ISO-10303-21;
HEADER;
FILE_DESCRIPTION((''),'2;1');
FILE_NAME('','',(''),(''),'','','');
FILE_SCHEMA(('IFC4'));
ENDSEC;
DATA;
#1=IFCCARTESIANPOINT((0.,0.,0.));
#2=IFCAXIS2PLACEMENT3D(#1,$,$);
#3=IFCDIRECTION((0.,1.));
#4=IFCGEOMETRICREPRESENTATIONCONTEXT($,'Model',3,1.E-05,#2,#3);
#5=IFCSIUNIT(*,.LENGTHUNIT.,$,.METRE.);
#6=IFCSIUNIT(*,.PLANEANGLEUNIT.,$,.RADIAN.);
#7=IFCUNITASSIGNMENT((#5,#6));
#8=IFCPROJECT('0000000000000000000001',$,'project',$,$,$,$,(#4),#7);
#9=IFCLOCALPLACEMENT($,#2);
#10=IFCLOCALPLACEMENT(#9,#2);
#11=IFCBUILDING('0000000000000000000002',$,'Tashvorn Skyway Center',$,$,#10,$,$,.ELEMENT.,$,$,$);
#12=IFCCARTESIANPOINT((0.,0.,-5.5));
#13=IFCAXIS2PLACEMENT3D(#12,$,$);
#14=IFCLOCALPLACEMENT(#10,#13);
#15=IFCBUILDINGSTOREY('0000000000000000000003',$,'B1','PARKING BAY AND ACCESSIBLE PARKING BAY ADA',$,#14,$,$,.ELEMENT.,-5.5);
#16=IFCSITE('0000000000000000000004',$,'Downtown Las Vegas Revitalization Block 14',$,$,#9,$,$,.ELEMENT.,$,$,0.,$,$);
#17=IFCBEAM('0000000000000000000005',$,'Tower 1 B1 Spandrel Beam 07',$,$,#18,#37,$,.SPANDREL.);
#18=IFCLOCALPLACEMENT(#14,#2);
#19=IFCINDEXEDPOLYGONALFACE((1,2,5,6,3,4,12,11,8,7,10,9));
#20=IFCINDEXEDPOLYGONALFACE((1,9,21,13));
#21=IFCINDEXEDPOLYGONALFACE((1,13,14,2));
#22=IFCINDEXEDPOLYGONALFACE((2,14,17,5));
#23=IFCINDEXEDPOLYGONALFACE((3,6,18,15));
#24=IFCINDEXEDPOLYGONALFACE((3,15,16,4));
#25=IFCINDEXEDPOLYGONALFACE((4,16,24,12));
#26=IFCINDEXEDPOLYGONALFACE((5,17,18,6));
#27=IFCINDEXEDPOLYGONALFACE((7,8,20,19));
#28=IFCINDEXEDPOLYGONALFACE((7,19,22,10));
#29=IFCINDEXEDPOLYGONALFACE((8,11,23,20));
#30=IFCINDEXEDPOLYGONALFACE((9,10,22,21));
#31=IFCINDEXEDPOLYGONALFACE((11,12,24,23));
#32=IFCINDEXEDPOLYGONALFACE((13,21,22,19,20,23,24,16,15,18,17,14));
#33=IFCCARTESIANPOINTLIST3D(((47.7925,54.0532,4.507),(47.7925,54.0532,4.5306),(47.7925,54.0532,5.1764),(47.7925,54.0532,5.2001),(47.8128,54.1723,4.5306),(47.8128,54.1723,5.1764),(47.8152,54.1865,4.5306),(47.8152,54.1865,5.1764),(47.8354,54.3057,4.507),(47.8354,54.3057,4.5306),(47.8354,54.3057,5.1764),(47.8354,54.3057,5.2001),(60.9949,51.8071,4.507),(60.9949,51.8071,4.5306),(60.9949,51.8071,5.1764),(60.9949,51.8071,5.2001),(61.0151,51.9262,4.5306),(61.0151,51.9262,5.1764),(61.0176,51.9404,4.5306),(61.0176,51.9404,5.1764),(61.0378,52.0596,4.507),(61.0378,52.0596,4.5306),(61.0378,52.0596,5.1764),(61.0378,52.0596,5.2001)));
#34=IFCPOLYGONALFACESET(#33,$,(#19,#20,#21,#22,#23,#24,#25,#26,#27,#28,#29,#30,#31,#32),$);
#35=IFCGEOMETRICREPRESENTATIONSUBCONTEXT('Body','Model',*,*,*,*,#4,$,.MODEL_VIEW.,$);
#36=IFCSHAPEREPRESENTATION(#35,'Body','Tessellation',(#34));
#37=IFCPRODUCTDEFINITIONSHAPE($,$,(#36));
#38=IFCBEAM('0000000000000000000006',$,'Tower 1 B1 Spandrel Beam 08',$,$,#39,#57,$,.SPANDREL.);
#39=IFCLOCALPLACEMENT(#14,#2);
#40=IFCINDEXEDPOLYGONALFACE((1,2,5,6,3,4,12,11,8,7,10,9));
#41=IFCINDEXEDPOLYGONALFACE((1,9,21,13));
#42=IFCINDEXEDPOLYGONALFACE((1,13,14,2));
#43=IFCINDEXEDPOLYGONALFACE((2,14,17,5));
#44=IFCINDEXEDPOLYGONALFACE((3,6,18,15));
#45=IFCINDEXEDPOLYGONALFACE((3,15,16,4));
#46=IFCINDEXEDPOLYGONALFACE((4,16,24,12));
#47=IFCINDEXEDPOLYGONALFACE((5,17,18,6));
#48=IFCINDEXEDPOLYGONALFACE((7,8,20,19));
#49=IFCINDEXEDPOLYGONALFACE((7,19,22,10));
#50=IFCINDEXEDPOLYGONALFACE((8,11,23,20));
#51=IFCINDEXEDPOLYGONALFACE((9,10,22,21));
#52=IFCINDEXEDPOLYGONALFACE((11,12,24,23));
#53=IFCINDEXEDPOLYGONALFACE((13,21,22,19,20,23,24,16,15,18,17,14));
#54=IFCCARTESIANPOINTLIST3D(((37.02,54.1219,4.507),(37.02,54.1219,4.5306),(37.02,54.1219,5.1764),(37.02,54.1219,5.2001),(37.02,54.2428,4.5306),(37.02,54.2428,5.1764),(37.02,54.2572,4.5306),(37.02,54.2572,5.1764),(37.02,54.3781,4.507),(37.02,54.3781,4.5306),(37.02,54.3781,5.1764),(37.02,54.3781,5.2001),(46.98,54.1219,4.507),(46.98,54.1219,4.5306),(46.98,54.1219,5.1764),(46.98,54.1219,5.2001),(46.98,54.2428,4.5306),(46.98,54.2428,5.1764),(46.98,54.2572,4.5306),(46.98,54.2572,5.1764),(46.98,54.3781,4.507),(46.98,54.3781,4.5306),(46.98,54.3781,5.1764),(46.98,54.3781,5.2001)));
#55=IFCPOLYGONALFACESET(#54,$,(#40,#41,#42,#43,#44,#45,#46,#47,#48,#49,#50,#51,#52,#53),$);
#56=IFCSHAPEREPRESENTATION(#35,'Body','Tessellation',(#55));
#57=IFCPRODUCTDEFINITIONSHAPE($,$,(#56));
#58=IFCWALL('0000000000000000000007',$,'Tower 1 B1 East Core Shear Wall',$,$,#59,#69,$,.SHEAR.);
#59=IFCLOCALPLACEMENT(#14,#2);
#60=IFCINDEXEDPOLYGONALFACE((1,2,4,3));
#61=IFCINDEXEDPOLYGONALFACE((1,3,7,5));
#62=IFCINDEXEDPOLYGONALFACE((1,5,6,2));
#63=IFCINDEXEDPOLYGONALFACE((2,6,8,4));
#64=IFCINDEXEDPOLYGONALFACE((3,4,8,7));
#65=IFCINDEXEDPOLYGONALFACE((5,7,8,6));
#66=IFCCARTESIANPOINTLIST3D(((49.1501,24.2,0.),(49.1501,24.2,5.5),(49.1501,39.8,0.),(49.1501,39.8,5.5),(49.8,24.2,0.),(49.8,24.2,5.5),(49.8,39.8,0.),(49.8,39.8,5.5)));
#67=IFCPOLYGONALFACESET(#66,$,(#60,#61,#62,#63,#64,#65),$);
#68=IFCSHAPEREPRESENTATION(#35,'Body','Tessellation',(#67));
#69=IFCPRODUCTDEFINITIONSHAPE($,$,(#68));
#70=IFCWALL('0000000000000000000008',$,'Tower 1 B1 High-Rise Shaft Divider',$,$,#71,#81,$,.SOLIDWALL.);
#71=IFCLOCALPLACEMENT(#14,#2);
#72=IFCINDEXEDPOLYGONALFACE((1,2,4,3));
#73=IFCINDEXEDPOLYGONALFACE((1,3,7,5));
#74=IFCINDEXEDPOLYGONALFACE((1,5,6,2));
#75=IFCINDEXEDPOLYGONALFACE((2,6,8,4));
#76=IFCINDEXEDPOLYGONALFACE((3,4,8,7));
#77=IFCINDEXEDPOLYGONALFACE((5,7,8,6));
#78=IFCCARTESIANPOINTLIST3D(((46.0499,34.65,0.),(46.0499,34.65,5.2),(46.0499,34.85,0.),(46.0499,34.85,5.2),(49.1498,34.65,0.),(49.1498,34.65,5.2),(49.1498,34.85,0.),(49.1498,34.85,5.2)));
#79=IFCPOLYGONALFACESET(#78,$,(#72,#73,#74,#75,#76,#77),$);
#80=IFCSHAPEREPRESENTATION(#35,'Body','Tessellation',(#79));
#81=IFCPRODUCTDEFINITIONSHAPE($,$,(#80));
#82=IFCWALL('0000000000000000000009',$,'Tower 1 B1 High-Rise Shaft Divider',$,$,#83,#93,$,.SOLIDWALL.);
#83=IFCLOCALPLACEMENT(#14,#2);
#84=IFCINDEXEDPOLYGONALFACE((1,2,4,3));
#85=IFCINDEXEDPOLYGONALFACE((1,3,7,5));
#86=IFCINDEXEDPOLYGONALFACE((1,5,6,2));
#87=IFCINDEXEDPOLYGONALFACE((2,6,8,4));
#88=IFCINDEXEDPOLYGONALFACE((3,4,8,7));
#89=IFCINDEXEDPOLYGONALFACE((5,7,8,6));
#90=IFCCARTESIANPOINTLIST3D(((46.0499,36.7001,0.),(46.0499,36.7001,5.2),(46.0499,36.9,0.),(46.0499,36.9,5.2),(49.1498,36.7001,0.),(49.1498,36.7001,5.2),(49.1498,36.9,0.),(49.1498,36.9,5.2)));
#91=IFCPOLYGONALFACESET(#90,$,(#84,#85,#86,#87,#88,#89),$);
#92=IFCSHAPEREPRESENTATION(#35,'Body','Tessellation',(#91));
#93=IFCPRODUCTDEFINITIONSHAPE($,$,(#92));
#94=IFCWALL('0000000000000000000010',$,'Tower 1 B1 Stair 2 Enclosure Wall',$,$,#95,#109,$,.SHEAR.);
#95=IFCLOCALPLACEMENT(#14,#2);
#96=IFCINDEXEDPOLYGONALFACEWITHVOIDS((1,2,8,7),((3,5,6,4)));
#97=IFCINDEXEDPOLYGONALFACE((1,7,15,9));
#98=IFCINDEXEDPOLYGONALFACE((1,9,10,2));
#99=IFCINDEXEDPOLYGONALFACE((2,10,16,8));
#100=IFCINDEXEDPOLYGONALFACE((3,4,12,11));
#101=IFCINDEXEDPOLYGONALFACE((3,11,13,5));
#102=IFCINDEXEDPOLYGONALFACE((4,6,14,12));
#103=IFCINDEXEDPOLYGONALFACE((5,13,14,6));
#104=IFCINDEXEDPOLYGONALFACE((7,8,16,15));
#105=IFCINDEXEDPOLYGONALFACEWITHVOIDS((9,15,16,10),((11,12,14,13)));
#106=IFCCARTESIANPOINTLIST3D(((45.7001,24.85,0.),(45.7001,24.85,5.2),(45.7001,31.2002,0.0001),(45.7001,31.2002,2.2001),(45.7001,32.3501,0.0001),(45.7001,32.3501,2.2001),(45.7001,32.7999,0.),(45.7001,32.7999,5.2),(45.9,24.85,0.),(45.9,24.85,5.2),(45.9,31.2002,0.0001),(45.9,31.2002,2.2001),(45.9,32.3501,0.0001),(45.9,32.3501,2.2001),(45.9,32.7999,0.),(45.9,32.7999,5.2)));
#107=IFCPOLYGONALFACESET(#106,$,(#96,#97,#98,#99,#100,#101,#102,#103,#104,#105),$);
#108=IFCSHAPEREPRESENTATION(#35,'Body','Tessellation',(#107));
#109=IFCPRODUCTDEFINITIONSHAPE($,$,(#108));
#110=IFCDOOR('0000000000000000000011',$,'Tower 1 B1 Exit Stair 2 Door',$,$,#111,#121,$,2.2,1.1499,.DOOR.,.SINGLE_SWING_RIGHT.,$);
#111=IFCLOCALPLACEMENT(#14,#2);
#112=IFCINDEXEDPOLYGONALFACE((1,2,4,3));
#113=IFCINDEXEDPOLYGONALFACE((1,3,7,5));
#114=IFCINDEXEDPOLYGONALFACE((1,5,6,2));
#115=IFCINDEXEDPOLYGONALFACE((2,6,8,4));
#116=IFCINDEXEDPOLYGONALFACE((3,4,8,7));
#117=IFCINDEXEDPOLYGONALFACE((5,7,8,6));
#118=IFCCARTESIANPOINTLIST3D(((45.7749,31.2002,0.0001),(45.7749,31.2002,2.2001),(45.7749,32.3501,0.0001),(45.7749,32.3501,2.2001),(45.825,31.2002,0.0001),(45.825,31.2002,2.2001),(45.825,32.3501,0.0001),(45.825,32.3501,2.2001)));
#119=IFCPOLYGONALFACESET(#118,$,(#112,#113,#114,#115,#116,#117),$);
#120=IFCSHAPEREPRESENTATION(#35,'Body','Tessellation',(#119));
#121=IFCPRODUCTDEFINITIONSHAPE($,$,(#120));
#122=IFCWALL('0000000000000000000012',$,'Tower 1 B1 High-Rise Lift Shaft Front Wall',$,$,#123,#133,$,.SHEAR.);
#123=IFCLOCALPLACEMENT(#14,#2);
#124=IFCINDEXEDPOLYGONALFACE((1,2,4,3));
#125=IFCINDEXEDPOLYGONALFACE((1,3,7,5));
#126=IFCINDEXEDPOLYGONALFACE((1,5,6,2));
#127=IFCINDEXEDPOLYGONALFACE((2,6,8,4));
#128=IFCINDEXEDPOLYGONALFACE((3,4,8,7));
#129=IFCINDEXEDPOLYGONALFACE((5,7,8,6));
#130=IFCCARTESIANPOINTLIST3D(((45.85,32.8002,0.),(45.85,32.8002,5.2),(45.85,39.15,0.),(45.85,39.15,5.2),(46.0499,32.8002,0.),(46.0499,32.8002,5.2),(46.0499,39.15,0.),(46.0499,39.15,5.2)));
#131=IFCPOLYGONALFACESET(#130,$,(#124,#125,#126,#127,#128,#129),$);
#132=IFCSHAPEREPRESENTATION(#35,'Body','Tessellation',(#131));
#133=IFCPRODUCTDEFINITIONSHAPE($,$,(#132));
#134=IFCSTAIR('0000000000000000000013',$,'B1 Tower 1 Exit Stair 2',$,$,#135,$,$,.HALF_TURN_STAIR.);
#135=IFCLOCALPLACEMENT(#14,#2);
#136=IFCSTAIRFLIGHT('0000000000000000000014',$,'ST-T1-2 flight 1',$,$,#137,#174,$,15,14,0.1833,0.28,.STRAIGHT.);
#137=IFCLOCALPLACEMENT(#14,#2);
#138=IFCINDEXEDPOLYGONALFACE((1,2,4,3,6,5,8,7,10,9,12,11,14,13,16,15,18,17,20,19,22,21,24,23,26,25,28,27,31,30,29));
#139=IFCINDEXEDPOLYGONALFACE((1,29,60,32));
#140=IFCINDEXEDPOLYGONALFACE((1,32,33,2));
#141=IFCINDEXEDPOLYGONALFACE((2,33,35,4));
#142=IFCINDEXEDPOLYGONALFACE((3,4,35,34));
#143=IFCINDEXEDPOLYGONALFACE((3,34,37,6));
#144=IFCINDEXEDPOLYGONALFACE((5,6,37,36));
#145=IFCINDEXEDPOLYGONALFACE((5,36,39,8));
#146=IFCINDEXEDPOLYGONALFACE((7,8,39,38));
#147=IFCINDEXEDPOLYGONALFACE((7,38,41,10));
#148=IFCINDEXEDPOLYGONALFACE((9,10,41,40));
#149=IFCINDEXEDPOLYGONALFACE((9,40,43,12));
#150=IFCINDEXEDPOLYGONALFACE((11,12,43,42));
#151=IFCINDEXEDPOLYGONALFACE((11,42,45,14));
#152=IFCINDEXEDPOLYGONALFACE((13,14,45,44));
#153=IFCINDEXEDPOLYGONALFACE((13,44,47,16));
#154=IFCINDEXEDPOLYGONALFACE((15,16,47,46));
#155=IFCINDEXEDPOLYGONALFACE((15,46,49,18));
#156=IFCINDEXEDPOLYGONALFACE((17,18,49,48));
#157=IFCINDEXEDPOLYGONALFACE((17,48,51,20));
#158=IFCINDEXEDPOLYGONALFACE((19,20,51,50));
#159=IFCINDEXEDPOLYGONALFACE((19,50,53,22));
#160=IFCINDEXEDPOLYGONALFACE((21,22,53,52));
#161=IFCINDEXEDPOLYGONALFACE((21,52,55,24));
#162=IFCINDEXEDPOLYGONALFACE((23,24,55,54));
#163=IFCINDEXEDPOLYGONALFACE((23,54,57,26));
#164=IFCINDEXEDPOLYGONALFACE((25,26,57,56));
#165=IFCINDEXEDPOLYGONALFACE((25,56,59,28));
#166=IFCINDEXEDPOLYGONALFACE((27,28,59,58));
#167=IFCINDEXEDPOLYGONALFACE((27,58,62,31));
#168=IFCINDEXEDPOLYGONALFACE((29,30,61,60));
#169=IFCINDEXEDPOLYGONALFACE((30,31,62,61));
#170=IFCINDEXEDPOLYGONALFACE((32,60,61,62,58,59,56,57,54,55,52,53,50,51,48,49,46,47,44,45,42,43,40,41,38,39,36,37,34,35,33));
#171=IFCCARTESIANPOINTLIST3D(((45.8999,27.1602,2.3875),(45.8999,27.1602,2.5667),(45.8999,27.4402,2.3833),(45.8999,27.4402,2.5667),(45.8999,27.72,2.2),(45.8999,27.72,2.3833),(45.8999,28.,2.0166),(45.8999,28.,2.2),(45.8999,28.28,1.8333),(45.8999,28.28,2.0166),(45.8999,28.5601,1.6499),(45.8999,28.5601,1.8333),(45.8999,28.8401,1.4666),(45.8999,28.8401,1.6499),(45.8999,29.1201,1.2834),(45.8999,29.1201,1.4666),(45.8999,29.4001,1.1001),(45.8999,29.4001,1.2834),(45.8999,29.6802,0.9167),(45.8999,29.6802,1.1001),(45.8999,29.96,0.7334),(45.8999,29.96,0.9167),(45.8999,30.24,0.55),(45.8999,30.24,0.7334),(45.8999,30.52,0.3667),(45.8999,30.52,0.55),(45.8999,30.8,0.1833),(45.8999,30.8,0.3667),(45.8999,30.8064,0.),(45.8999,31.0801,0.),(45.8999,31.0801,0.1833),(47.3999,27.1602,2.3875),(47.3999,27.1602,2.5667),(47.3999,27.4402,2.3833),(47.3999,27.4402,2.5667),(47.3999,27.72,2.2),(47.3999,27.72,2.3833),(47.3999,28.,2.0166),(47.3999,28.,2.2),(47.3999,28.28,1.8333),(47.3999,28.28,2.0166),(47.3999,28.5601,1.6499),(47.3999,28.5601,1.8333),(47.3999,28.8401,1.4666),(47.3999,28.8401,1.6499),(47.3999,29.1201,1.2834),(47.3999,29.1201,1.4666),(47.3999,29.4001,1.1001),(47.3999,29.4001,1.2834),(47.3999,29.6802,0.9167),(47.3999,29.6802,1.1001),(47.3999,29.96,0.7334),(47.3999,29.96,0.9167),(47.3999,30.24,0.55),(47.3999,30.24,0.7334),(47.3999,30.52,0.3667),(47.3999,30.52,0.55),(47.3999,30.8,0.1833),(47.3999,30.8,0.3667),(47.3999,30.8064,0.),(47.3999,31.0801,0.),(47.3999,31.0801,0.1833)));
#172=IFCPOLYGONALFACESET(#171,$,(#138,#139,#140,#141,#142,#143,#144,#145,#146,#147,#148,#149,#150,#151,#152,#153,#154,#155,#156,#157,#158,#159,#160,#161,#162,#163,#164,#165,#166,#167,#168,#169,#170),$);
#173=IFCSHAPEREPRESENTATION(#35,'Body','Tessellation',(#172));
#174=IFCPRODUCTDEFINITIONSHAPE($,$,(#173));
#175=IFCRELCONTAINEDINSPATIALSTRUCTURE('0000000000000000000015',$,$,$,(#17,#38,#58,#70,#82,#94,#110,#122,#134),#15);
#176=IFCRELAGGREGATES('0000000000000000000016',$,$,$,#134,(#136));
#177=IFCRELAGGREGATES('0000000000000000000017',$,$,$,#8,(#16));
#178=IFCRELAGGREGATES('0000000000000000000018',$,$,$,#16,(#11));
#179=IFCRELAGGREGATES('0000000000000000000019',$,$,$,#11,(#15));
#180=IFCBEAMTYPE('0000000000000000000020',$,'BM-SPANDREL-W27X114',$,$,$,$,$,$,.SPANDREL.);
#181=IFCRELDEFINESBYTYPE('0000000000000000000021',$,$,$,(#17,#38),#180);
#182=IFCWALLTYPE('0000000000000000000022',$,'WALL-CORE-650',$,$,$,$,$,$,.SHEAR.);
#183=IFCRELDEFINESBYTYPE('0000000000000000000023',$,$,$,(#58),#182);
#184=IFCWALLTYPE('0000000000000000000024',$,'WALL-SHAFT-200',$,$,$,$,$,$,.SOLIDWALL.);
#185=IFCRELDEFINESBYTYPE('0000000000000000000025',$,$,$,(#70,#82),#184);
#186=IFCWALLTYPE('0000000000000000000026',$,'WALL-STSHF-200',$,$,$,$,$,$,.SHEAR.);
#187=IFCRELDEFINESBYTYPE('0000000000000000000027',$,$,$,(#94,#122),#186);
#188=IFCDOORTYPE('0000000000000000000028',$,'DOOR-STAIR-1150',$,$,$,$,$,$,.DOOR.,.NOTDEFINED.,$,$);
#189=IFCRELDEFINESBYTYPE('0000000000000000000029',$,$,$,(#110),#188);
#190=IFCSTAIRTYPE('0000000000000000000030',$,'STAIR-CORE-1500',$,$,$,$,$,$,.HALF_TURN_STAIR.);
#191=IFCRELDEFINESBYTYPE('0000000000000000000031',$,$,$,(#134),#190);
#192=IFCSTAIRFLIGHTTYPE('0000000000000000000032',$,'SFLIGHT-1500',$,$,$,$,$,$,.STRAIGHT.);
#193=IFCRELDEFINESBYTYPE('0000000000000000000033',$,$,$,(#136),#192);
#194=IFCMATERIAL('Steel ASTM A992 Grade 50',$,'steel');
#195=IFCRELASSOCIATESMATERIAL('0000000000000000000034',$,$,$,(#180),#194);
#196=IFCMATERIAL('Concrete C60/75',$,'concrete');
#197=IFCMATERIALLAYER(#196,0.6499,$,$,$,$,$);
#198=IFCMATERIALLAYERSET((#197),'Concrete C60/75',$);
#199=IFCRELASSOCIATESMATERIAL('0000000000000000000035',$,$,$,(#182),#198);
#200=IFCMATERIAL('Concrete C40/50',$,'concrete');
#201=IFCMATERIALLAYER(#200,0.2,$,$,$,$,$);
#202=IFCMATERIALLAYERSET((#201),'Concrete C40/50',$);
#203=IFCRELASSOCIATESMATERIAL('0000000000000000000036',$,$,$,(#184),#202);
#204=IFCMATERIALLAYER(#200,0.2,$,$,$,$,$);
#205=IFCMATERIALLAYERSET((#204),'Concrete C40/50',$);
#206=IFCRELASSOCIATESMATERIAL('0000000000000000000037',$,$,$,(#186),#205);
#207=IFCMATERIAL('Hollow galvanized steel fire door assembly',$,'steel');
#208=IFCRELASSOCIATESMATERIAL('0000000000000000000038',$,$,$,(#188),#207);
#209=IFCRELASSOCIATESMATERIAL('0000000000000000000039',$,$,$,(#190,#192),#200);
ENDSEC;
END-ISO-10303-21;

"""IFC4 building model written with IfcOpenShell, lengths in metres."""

from ifc_helpers import new_model, si_unit, direction, frame, frame_2d, origin, origin_2d, place, context, subcontext, project, spatial, polyline, rectangle, i_section, outline, extrude, material, layer, layer_set, material_profile, profile_set, type_object, element, fill, aggregate, save


model = new_model("IFC4")

# Units and contexts
model_context = context("Model", 3, precision=1e-05, world=origin(), true_north=direction((0.0, 1.0)))
body_context = subcontext(model_context, "Body", "Model", "MODEL_VIEW")
ifc_project = project(units=[si_unit("LENGTHUNIT", "METRE"), si_unit("PLANEANGLEUNIT", "RADIAN")], contexts=[model_context])

# Site, building, storey
site_placement = place(None, origin())
site = spatial("IfcSite", under=ifc_project, at=site_placement, Name="Downtown Las Vegas Revitalization Block 14", CompositionType="ELEMENT", RefElevation=0.0)
building_placement = place(site_placement, origin())
building = spatial("IfcBuilding", under=site, at=building_placement, Name="Tashvorn Skyway Center", CompositionType="ELEMENT")
storey_placement = place(building_placement, frame((0.0, 0.0, -5.5)))
storey = spatial("IfcBuildingStorey", under=building, at=storey_placement, Name="B1", Description="PARKING BAY AND ACCESSIBLE PARKING BAY ADA", CompositionType="ELEMENT", Elevation=-5.5)

# Beams
ifc_material_1 = material(Name="Steel ASTM A992 Grade 50", Category="steel")
ifc_material_profile_1 = material_profile(ifc_material_1, i_section(OverallWidth=0.2561, OverallDepth=0.6931, WebThickness=0.0144, FlangeThickness=0.0237, at=origin_2d()), Name="W27X114")
ifc_profile_set_1 = profile_set([ifc_material_profile_1], Name="Steel ASTM A992 Grade 50")
beam_type_1 = type_object("IfcBeamType", Name="BM-SPANDREL-W27X114", PredefinedType="SPANDREL", material=ifc_profile_set_1)
for number, where, z_axis, x_axis, name in (
    (1, (61.0164, 51.9333, 4.8535), (-0.985835, 0.167718, 0.0), (-0.167718, -0.985835, 0.0), "Tower 1 B1 Spandrel Beam 07"),
):
    element("IfcBeam", number, at=place(storey_placement, frame(where, z_axis=z_axis, x_axis=x_axis)), inside=storey, type_object=beam_type_1, Name=name, PredefinedType="SPANDREL", context=body_context, shape_type="SweptSolid", body=[
        extrude(i_section(OverallWidth=0.2561, OverallDepth=0.6931, WebThickness=0.0144, FlangeThickness=0.0237, at=origin_2d()), origin(), (0.0, 0.0, 1.0), 13.3921),
    ])
beam_1_placement = place(storey_placement, frame((46.98, 54.25, 4.8535), z_axis=(-1.0, 0.0, 0.0), x_axis=(0.0, -1.0, 0.0)))
element("IfcBeam", 2, at=beam_1_placement, inside=storey, type_object=beam_type_1, Name="Tower 1 B1 Spandrel Beam 08", PredefinedType="SPANDREL", context=body_context, shape_type="SweptSolid", body=[
    extrude(i_section(OverallWidth=0.2561, OverallDepth=0.6931, WebThickness=0.0144, FlangeThickness=0.0237, at=origin_2d()), origin(), (0.0, 0.0, 1.0), 9.96),
])

# Walls
ifc_material_2 = material(Name="Concrete C60/75", Category="concrete")
ifc_layer_1 = layer(ifc_material_2, 0.6499)
ifc_layer_set_1 = layer_set([ifc_layer_1], Name="Concrete C60/75")
wall_type_1 = type_object("IfcWallType", Name="WALL-CORE-650", PredefinedType="SHEAR", material=ifc_layer_set_1)
wall_1_placement = place(storey_placement, frame((49.4751, 39.8, 0.0), z_axis=(0.0, 0.0, 1.0), x_axis=(0.0, -1.0, 0.0)))
element("IfcWall", 3, at=wall_1_placement, inside=storey, type_object=wall_type_1, Name="Tower 1 B1 East Core Shear Wall", PredefinedType="SHEAR", context=body_context, shape_type="SweptSolid", body=[
    extrude(rectangle(XDim=15.6001, YDim=0.6499, at=frame_2d((7.8, 0.0))), origin(), (0.0, 0.0, 1.0), 5.5),
])
ifc_material_3 = material(Name="Concrete C40/50", Category="concrete")
ifc_layer_2 = layer(ifc_material_3, 0.2)
ifc_layer_set_2 = layer_set([ifc_layer_2], Name="Concrete C40/50")
wall_type_2 = type_object("IfcWallType", Name="WALL-SHAFT-200", PredefinedType="SOLIDWALL", material=ifc_layer_set_2)
for number, where, z_axis, x_axis, name in (
    (4, (46.05, 34.75, 0.0), (0.0, 0.0, 1.0), (1.0, 0.0, 0.0), "Tower 1 B1 High-Rise Shaft Divider"),
    (5, (46.05, 36.8, 0.0), (0.0, 0.0, 1.0), (1.0, 0.0, 0.0), "Tower 1 B1 High-Rise Shaft Divider"),
):
    element("IfcWall", number, at=place(storey_placement, frame(where, z_axis=z_axis, x_axis=x_axis)), inside=storey, type_object=wall_type_2, Name=name, PredefinedType="SOLIDWALL", context=body_context, shape_type="SweptSolid", body=[
        extrude(rectangle(XDim=3.0999, YDim=0.2, at=frame_2d((1.5498, 0.0))), origin(), (0.0, 0.0, 1.0), 5.2),
    ])

# Wall, opening, door
ifc_layer_3 = layer(ifc_material_3, 0.2)
ifc_layer_set_3 = layer_set([ifc_layer_3], Name="Concrete C40/50")
wall_type_3 = type_object("IfcWallType", Name="WALL-STSHF-200", PredefinedType="SHEAR", material=ifc_layer_set_3)
wall_2_placement = place(storey_placement, frame((45.8, 32.8, 0.0), z_axis=(0.0, 0.0, 1.0), x_axis=(0.0, -1.0, 0.0)))
wall_2 = element("IfcWall", 6, at=wall_2_placement, inside=storey, type_object=wall_type_3, Name="Tower 1 B1 Stair 2 Enclosure Wall", PredefinedType="SHEAR", context=body_context, shape_type="SweptSolid", body=[
    extrude(rectangle(XDim=7.95, YDim=0.2, at=frame_2d((3.9751, 0.0))), origin(), (0.0, 0.0, 1.0), 5.2),
])
opening_placement = place(wall_2_placement, frame((0.45, 0.0, 0.0)))
opening = element("IfcOpeningElement", 7, at=opening_placement, cuts=wall_2, PredefinedType="OPENING", context=body_context, shape_type="SweptSolid", body=[
    extrude(rectangle(XDim=1.1499, YDim=2.2, at=frame_2d((0.575, 1.1001))), frame((0.0, 0.1099, 0.0), z_axis=(0.0, -1.0, 0.0), x_axis=(1.0, 0.0, 0.0)), (0.0, 0.0, 1.0), 0.22),
])
ifc_material_4 = material(Name="Hollow galvanized steel fire door assembly", Category="steel")
door_type = type_object("IfcDoorType", Name="DOOR-STAIR-1150", OperationType="NOTDEFINED", PredefinedType="DOOR", material=ifc_material_4)
door_placement = place(opening_placement, origin())
door = element("IfcDoor", 8, at=door_placement, inside=storey, type_object=door_type, Name="Tower 1 B1 Exit Stair 2 Door", OperationType="SINGLE_SWING_RIGHT", OverallHeight=2.2, OverallWidth=1.1499, PredefinedType="DOOR", context=body_context, shape_type="SweptSolid", body=[
    extrude(rectangle(XDim=1.1499, YDim=2.2, at=frame_2d((0.575, 1.1001))), frame((0.0, 0.0249, 0.0), z_axis=(0.0, -1.0, 0.0), x_axis=(1.0, 0.0, 0.0)), (0.0, 0.0, 1.0), 0.05),
])
fill(opening, door)

# Wall
wall_3_placement = place(storey_placement, frame((45.95, 39.1499, 0.0), z_axis=(0.0, 0.0, 1.0), x_axis=(0.0, -1.0, 0.0)))
element("IfcWall", 9, at=wall_3_placement, inside=storey, type_object=wall_type_3, Name="Tower 1 B1 High-Rise Lift Shaft Front Wall", PredefinedType="SHEAR", context=body_context, shape_type="SweptSolid", body=[
    extrude(rectangle(XDim=6.3499, YDim=0.2, at=frame_2d((3.1748, 0.0))), origin(), (0.0, 0.0, 1.0), 5.2),
])

# Stair, stair flight
stair_type = type_object("IfcStairType", Name="STAIR-CORE-1500", PredefinedType="HALF_TURN_STAIR", material=ifc_material_3)
stair_placement = place(storey_placement, origin())
stair = element("IfcStair", 10, at=stair_placement, inside=storey, type_object=stair_type, Name="B1 Tower 1 Exit Stair 2", PredefinedType="HALF_TURN_STAIR")
stair_flight_type = type_object("IfcStairFlightType", Name="SFLIGHT-1500", PredefinedType="STRAIGHT", material=ifc_material_3)
stair_flight_placement = place(storey_placement, frame((46.6499, 31.0801, 0.0), z_axis=(0.0, 0.0, 1.0), x_axis=(0.0, -1.0, 0.0)))
stair_flight = element("IfcStairFlight", 11, at=stair_flight_placement, type_object=stair_flight_type, Name="ST-T1-2 flight 1", NumberOfRisers=15, NumberOfTreads=14, PredefinedType="STRAIGHT", RiserHeight=0.1833, TreadLength=0.28, context=body_context, shape_type="SweptSolid", body=[
    extrude(outline(polyline([(0.0, 0.0), (0.0, 0.1833), (0.28, 0.1833), (0.28, 0.3667), (0.5601, 0.3667), (0.5601, 0.55), (0.8401, 0.55), (0.8401, 0.7334), (1.1201, 0.7334), (1.1201, 0.9167), (1.3999, 0.9167), (1.3999, 1.1001), (1.6799, 1.1001), (1.6799, 1.2834), (1.96, 1.2834), (1.96, 1.4666), (2.24, 1.4666), (2.24, 1.6499), (2.52, 1.6499), (2.52, 1.8333), (2.8, 1.8333), (2.8, 2.0166), (3.0801, 2.0166), (3.0801, 2.2), (3.3601, 2.2), (3.3601, 2.3833), (3.6399, 2.3833), (3.6399, 2.5667), (3.9199, 2.5667), (3.9199, 2.75), (3.9199, 2.3875), (0.2737, 0.0), (0.0, 0.0)])), frame((0.0, 0.75, 0.0), z_axis=(0.0, -1.0, 0.0), x_axis=(1.0, 0.0, 0.0)), (0.0, 0.0, 1.0), 1.5),
])
aggregate(stair, [stair_flight])

save(model, "model.ifc")
